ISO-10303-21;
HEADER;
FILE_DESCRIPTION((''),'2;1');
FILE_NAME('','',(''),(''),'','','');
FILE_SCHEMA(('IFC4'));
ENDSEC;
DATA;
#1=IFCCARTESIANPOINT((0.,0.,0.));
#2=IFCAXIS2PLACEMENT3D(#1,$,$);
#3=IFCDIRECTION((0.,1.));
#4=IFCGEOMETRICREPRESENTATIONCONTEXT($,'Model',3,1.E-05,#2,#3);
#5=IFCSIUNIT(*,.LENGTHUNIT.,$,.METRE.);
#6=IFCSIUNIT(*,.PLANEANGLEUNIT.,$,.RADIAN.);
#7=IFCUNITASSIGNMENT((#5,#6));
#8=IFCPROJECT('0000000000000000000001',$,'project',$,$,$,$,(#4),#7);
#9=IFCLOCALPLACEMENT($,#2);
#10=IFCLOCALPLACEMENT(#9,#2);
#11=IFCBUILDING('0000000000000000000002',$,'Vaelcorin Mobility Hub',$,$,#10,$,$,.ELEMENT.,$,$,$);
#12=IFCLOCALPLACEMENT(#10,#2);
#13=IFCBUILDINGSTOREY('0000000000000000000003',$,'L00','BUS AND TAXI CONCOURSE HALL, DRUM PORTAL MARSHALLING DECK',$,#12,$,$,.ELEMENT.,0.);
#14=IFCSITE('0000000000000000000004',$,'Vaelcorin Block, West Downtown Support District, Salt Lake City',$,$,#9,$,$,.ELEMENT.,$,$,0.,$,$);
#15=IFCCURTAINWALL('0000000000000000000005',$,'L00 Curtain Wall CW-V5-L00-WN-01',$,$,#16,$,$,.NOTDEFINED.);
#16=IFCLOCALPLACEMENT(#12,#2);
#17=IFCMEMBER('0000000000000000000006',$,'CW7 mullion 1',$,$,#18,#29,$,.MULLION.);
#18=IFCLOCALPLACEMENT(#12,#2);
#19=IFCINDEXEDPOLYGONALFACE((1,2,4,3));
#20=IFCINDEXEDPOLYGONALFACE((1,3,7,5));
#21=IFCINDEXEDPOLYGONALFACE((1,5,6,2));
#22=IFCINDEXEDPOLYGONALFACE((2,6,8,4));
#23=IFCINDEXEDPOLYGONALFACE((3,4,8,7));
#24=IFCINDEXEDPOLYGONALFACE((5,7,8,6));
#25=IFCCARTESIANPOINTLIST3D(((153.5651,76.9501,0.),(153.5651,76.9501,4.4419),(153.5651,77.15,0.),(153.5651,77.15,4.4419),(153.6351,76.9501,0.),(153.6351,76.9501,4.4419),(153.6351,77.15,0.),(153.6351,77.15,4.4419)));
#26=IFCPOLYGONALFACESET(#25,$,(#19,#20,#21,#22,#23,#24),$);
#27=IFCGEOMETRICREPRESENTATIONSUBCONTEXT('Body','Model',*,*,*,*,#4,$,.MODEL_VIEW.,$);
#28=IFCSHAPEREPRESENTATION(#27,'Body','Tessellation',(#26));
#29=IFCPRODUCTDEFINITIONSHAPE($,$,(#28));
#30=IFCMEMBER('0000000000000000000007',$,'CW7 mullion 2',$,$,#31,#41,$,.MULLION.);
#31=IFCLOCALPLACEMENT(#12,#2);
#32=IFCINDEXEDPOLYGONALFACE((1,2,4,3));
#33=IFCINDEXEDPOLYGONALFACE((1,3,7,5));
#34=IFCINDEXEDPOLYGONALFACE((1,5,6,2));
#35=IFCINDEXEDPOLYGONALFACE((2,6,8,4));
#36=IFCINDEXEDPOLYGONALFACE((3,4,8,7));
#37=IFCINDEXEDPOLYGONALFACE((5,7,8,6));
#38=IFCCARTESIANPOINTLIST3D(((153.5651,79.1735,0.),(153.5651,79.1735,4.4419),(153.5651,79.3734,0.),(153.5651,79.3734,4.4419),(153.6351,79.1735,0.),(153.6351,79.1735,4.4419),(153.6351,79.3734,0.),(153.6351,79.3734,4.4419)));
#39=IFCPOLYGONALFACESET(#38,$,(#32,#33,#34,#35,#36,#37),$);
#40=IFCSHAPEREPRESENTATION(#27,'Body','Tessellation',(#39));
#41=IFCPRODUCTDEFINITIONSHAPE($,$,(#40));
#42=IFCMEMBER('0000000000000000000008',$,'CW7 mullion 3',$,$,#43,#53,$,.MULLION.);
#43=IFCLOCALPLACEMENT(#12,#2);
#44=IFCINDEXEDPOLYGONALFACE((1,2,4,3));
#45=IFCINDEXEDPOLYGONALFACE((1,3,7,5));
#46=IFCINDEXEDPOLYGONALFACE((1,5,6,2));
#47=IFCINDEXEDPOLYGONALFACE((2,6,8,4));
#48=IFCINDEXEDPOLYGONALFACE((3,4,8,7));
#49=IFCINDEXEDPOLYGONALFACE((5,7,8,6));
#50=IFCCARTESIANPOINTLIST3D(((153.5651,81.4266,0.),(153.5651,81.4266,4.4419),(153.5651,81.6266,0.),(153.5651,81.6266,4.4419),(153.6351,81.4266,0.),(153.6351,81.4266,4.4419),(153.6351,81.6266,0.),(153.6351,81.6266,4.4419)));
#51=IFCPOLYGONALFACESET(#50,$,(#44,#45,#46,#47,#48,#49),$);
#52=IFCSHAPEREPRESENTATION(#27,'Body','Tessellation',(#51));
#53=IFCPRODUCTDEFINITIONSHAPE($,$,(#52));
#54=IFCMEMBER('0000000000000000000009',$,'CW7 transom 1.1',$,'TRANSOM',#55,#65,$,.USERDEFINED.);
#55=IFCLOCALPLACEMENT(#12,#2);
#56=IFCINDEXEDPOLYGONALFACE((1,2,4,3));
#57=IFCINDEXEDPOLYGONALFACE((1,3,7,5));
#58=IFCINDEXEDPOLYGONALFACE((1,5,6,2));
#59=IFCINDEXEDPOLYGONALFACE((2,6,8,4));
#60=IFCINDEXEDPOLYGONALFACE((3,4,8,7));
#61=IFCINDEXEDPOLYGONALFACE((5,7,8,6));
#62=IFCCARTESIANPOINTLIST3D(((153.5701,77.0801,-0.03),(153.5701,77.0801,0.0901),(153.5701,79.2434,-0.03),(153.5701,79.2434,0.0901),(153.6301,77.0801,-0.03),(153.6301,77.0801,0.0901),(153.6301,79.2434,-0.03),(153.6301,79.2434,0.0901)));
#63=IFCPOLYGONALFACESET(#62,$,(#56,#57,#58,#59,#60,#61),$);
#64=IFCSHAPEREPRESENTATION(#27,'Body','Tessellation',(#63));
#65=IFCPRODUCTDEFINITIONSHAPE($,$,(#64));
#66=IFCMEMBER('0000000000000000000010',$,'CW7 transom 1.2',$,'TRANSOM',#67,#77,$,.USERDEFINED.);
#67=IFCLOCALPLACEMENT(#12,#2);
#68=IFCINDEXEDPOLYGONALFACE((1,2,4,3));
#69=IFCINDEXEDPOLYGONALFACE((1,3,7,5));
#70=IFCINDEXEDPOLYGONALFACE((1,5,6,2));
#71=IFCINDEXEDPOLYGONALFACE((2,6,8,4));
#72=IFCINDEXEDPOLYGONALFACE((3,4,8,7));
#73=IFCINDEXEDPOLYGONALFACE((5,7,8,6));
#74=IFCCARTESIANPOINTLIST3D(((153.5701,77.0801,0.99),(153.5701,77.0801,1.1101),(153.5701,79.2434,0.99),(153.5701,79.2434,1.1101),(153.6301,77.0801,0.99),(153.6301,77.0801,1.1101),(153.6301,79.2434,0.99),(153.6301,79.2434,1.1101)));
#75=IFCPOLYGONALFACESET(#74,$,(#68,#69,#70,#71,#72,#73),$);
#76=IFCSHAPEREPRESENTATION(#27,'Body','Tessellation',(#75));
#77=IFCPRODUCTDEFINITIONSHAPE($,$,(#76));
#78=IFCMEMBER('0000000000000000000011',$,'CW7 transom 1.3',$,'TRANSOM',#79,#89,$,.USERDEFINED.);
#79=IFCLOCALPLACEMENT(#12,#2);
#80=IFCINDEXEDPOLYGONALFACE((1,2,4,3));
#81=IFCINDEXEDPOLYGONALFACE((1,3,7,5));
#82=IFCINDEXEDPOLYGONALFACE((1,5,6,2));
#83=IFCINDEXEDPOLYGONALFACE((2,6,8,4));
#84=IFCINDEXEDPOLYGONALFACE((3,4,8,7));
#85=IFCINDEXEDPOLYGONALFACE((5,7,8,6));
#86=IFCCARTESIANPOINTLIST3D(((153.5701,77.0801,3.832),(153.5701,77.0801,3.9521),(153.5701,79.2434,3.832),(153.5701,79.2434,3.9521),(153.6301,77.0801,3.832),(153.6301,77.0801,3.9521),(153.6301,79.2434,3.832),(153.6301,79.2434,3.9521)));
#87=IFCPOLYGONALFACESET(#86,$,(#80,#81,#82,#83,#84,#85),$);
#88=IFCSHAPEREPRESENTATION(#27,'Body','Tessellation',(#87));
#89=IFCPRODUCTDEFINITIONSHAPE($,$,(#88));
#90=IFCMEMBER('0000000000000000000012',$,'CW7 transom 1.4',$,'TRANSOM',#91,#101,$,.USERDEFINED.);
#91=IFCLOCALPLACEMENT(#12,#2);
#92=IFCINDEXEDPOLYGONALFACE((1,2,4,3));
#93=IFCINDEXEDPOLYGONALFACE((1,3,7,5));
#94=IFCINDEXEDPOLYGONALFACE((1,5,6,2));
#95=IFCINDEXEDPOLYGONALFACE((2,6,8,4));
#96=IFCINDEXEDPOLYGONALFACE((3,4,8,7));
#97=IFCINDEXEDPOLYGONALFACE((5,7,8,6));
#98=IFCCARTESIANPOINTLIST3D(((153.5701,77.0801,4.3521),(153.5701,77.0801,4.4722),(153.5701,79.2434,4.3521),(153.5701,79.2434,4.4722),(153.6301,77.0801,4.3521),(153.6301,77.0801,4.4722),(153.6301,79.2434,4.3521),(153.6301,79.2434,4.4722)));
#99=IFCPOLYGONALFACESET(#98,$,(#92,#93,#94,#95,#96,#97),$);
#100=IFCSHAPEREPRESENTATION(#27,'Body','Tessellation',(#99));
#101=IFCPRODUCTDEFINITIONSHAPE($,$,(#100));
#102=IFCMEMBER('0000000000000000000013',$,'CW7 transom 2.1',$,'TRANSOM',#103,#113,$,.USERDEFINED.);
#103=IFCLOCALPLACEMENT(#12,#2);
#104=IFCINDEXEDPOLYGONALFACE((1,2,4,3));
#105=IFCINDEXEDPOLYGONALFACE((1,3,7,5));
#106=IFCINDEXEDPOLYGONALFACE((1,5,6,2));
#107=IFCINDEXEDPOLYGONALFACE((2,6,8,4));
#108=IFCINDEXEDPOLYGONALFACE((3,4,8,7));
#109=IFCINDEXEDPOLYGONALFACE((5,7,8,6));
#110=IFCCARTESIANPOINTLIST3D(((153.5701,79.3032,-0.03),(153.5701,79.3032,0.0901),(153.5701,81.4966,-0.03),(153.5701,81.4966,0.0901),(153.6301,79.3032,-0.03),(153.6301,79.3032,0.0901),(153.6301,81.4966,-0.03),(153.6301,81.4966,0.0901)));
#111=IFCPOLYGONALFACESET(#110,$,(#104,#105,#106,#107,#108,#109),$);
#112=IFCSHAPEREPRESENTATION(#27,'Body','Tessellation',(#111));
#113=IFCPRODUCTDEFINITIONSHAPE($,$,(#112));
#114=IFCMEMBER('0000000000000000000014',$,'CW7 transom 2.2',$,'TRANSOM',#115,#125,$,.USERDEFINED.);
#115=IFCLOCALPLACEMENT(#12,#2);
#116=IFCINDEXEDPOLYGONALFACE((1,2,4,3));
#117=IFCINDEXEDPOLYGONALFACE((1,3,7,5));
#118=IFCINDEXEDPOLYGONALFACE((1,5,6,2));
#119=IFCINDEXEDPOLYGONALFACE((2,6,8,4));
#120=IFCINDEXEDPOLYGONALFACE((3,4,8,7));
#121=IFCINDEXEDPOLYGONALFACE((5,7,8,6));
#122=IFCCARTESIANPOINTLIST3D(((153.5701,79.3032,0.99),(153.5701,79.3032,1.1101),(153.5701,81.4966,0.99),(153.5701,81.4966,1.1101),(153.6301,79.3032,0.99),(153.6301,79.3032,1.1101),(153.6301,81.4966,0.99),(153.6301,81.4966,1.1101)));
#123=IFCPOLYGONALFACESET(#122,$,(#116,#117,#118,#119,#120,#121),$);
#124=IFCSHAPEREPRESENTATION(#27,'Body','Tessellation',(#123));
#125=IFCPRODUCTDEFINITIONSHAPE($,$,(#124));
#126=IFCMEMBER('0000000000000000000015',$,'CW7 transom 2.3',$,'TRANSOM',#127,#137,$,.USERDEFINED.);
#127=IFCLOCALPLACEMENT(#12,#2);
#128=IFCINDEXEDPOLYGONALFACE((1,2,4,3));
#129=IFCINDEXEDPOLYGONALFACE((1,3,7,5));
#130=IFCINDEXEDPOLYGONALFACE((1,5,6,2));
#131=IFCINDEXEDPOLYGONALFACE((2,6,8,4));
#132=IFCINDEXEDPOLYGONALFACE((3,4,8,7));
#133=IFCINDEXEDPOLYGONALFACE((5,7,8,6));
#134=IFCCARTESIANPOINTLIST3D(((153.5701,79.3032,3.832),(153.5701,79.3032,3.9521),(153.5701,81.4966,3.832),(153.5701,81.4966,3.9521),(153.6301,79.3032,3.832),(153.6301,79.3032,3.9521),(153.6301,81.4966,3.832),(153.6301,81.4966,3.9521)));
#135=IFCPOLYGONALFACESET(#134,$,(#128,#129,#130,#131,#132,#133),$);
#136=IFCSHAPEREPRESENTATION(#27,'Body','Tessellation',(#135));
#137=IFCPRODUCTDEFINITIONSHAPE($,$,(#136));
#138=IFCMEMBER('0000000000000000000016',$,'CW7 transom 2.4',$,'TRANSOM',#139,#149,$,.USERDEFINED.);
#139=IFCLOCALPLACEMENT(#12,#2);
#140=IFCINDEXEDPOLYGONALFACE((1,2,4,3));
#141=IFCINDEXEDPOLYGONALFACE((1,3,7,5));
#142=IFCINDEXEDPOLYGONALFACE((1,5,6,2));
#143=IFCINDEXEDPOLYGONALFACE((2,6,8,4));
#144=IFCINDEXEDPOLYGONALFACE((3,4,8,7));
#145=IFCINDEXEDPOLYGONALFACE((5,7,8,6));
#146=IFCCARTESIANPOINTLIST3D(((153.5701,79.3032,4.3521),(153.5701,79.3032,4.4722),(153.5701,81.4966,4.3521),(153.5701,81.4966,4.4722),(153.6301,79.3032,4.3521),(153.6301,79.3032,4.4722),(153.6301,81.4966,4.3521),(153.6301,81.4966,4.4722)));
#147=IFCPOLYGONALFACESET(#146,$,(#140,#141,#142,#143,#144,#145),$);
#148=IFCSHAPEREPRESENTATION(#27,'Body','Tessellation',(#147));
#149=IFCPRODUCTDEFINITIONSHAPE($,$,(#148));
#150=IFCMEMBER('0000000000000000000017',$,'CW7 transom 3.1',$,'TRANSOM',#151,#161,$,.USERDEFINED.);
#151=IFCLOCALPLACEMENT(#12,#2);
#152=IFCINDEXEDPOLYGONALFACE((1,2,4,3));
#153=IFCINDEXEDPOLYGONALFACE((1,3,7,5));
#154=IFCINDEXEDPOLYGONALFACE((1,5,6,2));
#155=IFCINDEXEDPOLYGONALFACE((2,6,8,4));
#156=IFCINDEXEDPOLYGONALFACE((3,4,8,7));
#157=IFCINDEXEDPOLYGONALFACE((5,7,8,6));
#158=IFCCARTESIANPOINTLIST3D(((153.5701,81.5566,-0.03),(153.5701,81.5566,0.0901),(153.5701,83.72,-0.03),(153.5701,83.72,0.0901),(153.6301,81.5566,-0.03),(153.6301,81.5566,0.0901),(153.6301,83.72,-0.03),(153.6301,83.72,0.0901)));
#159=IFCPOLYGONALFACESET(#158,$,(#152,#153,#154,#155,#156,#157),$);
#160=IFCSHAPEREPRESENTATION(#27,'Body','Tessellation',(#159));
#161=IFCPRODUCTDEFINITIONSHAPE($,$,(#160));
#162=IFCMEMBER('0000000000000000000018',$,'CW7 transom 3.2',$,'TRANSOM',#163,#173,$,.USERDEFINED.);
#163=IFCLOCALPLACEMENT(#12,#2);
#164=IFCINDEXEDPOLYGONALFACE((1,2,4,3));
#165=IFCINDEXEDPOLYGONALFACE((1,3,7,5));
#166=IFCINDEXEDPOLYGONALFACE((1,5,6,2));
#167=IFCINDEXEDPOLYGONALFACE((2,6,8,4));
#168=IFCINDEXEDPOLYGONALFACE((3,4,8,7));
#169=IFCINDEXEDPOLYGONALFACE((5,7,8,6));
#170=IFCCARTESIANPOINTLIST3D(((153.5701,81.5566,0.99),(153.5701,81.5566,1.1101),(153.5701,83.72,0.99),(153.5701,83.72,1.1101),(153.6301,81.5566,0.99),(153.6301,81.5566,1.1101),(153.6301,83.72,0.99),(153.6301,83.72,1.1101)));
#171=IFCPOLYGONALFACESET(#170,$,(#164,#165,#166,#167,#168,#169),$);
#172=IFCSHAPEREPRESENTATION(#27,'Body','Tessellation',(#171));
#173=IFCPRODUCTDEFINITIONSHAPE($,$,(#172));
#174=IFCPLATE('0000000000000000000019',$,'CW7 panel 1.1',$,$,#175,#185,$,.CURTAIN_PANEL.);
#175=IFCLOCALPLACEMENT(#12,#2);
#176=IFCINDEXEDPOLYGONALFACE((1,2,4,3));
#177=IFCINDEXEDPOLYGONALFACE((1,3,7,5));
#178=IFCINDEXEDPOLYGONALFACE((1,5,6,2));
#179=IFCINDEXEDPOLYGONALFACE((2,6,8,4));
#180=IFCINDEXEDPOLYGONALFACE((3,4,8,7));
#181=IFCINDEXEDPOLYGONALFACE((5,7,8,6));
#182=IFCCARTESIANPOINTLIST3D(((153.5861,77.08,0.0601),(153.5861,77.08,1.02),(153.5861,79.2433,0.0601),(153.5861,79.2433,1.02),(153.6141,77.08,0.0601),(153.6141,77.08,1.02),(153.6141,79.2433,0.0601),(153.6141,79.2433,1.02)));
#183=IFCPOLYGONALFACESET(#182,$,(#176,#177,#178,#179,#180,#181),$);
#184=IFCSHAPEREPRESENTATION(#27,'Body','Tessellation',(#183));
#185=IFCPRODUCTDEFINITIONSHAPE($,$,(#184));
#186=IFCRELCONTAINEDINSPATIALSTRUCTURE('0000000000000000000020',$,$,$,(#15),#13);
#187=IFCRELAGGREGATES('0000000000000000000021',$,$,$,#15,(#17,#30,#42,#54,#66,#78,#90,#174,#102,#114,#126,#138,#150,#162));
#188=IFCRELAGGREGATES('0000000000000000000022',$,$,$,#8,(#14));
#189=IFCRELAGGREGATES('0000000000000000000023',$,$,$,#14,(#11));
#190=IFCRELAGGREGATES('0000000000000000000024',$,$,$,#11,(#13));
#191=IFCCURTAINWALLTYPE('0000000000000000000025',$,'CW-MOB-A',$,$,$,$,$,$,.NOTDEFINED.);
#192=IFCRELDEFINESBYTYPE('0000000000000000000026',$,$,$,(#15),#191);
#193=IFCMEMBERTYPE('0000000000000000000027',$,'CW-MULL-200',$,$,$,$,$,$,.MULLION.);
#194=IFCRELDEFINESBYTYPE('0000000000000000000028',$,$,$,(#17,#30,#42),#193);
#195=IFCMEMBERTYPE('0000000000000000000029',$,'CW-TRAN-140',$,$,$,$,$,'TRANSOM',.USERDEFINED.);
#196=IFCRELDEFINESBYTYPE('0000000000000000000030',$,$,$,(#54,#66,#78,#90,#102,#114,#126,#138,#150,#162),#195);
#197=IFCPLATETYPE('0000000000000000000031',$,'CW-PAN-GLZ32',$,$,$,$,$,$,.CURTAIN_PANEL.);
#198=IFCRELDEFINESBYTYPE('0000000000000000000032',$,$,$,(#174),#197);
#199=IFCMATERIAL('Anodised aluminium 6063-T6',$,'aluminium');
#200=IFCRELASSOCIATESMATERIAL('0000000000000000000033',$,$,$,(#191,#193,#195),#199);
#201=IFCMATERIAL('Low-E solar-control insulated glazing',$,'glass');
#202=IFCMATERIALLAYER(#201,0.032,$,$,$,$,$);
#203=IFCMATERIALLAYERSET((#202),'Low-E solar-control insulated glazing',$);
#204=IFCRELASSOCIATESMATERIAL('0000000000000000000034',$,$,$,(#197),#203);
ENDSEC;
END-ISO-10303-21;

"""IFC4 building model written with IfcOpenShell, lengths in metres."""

from ifc_helpers import new_model, si_unit, direction, frame, origin, origin_2d, place, context, subcontext, project, spatial, rectangle, extrude, material, layer, layer_set, material_profile, profile_set, type_object, element, aggregate, save


model = new_model("IFC4")

# Units and contexts
model_context = context("Model", 3, precision=1e-05, world=origin(), true_north=direction((0.0, 1.0)))
body_context = subcontext(model_context, "Body", "Model", "MODEL_VIEW")
ifc_project = project(units=[si_unit("LENGTHUNIT", "METRE"), si_unit("PLANEANGLEUNIT", "RADIAN")], contexts=[model_context])

# Site, building, storey
site_placement = place(None, origin())
site = spatial("IfcSite", under=ifc_project, at=site_placement, Name="Vaelcorin Block, West Downtown Support District, Salt Lake City", CompositionType="ELEMENT", RefElevation=0.0)
building_placement = place(site_placement, origin())
building = spatial("IfcBuilding", under=site, at=building_placement, Name="Vaelcorin Mobility Hub", CompositionType="ELEMENT")
storey_placement = place(building_placement, origin())
storey = spatial("IfcBuildingStorey", under=building, at=storey_placement, Name="L00", Description="BUS AND TAXI CONCOURSE HALL, DRUM PORTAL MARSHALLING DECK", CompositionType="ELEMENT", Elevation=0.0)

# Curtain wall, members, plate
ifc_material_1 = material(Name="Anodised aluminium 6063-T6", Category="aluminium")
curtain_wall_type = type_object("IfcCurtainWallType", Name="CW-MOB-A", PredefinedType="NOTDEFINED", material=ifc_material_1)
curtain_wall_placement = place(storey_placement, origin())
curtain_wall = element("IfcCurtainWall", 1, at=curtain_wall_placement, inside=storey, type_object=curtain_wall_type, Name="L00 Curtain Wall CW-V5-L00-WN-01", PredefinedType="NOTDEFINED")
ifc_material_profile_1 = material_profile(ifc_material_1, rectangle(XDim=0.0701, YDim=0.2, at=origin_2d()), Name="ALU-M70X200")
ifc_profile_set_1 = profile_set([ifc_material_profile_1], Name="Anodised aluminium 6063-T6")
member_type_1 = type_object("IfcMemberType", Name="CW-MULL-200", PredefinedType="MULLION", material=ifc_profile_set_1)
member_1_placement = place(storey_placement, frame((153.6001, 77.05, 0.0), z_axis=(0.0, 0.0, 1.0), x_axis=(-1.0, 0.0, 0.0)))
member_1 = element("IfcMember", 2, at=member_1_placement, type_object=member_type_1, Name="CW7 mullion 1", PredefinedType="MULLION", context=body_context, shape_type="SweptSolid", body=[
    extrude(rectangle(XDim=0.0701, YDim=0.2, at=origin_2d()), origin(), (0.0, 0.0, 1.0), 4.4419),
])
member_2_placement = place(storey_placement, frame((153.6001, 79.2734, 0.0), z_axis=(0.0, 0.0, 1.0), x_axis=(-1.0, 0.0, 0.0)))
member_2 = element("IfcMember", 3, at=member_2_placement, type_object=member_type_1, Name="CW7 mullion 2", PredefinedType="MULLION", context=body_context, shape_type="SweptSolid", body=[
    extrude(rectangle(XDim=0.0701, YDim=0.2, at=origin_2d()), origin(), (0.0, 0.0, 1.0), 4.4419),
])
member_3_placement = place(storey_placement, frame((153.6001, 81.5266, 0.0), z_axis=(0.0, 0.0, 1.0), x_axis=(-1.0, 0.0, 0.0)))
member_3 = element("IfcMember", 4, at=member_3_placement, type_object=member_type_1, Name="CW7 mullion 3", PredefinedType="MULLION", context=body_context, shape_type="SweptSolid", body=[
    extrude(rectangle(XDim=0.0701, YDim=0.2, at=origin_2d()), origin(), (0.0, 0.0, 1.0), 4.4419),
])
ifc_material_profile_2 = material_profile(ifc_material_1, rectangle(XDim=0.0601, YDim=0.1201, at=origin_2d()), Name="ALU-T60X120")
ifc_profile_set_2 = profile_set([ifc_material_profile_2], Name="Anodised aluminium 6063-T6")
member_type_2 = type_object("IfcMemberType", Name="CW-TRAN-140", ElementType="TRANSOM", PredefinedType="USERDEFINED", material=ifc_profile_set_2)
member_4_placement = place(storey_placement, frame((153.6001, 77.0801, 0.03), z_axis=(0.0, 1.0, 0.0), x_axis=(-1.0, 0.0, 0.0)))
member_4 = element("IfcMember", 5, at=member_4_placement, type_object=member_type_2, Name="CW7 transom 1.1", ObjectType="TRANSOM", PredefinedType="USERDEFINED", context=body_context, shape_type="SweptSolid", body=[
    extrude(rectangle(XDim=0.0601, YDim=0.1201, at=origin_2d()), origin(), (0.0, 0.0, 1.0), 2.1633),
])
member_5_placement = place(storey_placement, frame((153.6001, 77.0801, 1.05), z_axis=(0.0, 1.0, 0.0), x_axis=(-1.0, 0.0, 0.0)))
member_5 = element("IfcMember", 6, at=member_5_placement, type_object=member_type_2, Name="CW7 transom 1.2", ObjectType="TRANSOM", PredefinedType="USERDEFINED", context=body_context, shape_type="SweptSolid", body=[
    extrude(rectangle(XDim=0.0601, YDim=0.1201, at=origin_2d()), origin(), (0.0, 0.0, 1.0), 2.1633),
])
member_6_placement = place(storey_placement, frame((153.6001, 77.0801, 3.8921), z_axis=(0.0, 1.0, 0.0), x_axis=(-1.0, 0.0, 0.0)))
member_6 = element("IfcMember", 7, at=member_6_placement, type_object=member_type_2, Name="CW7 transom 1.3", ObjectType="TRANSOM", PredefinedType="USERDEFINED", context=body_context, shape_type="SweptSolid", body=[
    extrude(rectangle(XDim=0.0601, YDim=0.1201, at=origin_2d()), origin(), (0.0, 0.0, 1.0), 2.1633),
])
member_7_placement = place(storey_placement, frame((153.6001, 77.0801, 4.4121), z_axis=(0.0, 1.0, 0.0), x_axis=(-1.0, 0.0, 0.0)))
member_7 = element("IfcMember", 8, at=member_7_placement, type_object=member_type_2, Name="CW7 transom 1.4", ObjectType="TRANSOM", PredefinedType="USERDEFINED", context=body_context, shape_type="SweptSolid", body=[
    extrude(rectangle(XDim=0.0601, YDim=0.1201, at=origin_2d()), origin(), (0.0, 0.0, 1.0), 2.1633),
])
member_8_placement = place(storey_placement, frame((153.6001, 79.3032, 0.03), z_axis=(0.0, 1.0, 0.0), x_axis=(-1.0, 0.0, 0.0)))
member_8 = element("IfcMember", 9, at=member_8_placement, type_object=member_type_2, Name="CW7 transom 2.1", ObjectType="TRANSOM", PredefinedType="USERDEFINED", context=body_context, shape_type="SweptSolid", body=[
    extrude(rectangle(XDim=0.0601, YDim=0.1201, at=origin_2d()), origin(), (0.0, 0.0, 1.0), 2.1934),
])
member_9_placement = place(storey_placement, frame((153.6001, 79.3032, 1.05), z_axis=(0.0, 1.0, 0.0), x_axis=(-1.0, 0.0, 0.0)))
member_9 = element("IfcMember", 10, at=member_9_placement, type_object=member_type_2, Name="CW7 transom 2.2", ObjectType="TRANSOM", PredefinedType="USERDEFINED", context=body_context, shape_type="SweptSolid", body=[
    extrude(rectangle(XDim=0.0601, YDim=0.1201, at=origin_2d()), origin(), (0.0, 0.0, 1.0), 2.1934),
])
member_10_placement = place(storey_placement, frame((153.6001, 79.3032, 3.8921), z_axis=(0.0, 1.0, 0.0), x_axis=(-1.0, 0.0, 0.0)))
member_10 = element("IfcMember", 11, at=member_10_placement, type_object=member_type_2, Name="CW7 transom 2.3", ObjectType="TRANSOM", PredefinedType="USERDEFINED", context=body_context, shape_type="SweptSolid", body=[
    extrude(rectangle(XDim=0.0601, YDim=0.1201, at=origin_2d()), origin(), (0.0, 0.0, 1.0), 2.1934),
])
member_11_placement = place(storey_placement, frame((153.6001, 79.3032, 4.4121), z_axis=(0.0, 1.0, 0.0), x_axis=(-1.0, 0.0, 0.0)))
member_11 = element("IfcMember", 12, at=member_11_placement, type_object=member_type_2, Name="CW7 transom 2.4", ObjectType="TRANSOM", PredefinedType="USERDEFINED", context=body_context, shape_type="SweptSolid", body=[
    extrude(rectangle(XDim=0.0601, YDim=0.1201, at=origin_2d()), origin(), (0.0, 0.0, 1.0), 2.1934),
])
member_12_placement = place(storey_placement, frame((153.6001, 81.5566, 0.03), z_axis=(0.0, 1.0, 0.0), x_axis=(-1.0, 0.0, 0.0)))
member_12 = element("IfcMember", 13, at=member_12_placement, type_object=member_type_2, Name="CW7 transom 3.1", ObjectType="TRANSOM", PredefinedType="USERDEFINED", context=body_context, shape_type="SweptSolid", body=[
    extrude(rectangle(XDim=0.0601, YDim=0.1201, at=origin_2d()), origin(), (0.0, 0.0, 1.0), 2.1633),
])
member_13_placement = place(storey_placement, frame((153.6001, 81.5566, 1.05), z_axis=(0.0, 1.0, 0.0), x_axis=(-1.0, 0.0, 0.0)))
member_13 = element("IfcMember", 14, at=member_13_placement, type_object=member_type_2, Name="CW7 transom 3.2", ObjectType="TRANSOM", PredefinedType="USERDEFINED", context=body_context, shape_type="SweptSolid", body=[
    extrude(rectangle(XDim=0.0601, YDim=0.1201, at=origin_2d()), origin(), (0.0, 0.0, 1.0), 2.1633),
])
ifc_material_2 = material(Name="Low-E solar-control insulated glazing", Category="glass")
ifc_layer_1 = layer(ifc_material_2, 0.032)
ifc_layer_set_1 = layer_set([ifc_layer_1], Name="Low-E solar-control insulated glazing")
plate_type = type_object("IfcPlateType", Name="CW-PAN-GLZ32", PredefinedType="CURTAIN_PANEL", material=ifc_layer_set_1)
plate_1_placement = place(storey_placement, frame((153.6001, 78.1616, 0.0601), z_axis=(0.0, 0.0, 1.0), x_axis=(0.0, 1.0, 0.0)))
plate_1 = element("IfcPlate", 15, at=plate_1_placement, type_object=plate_type, Name="CW7 panel 1.1", PredefinedType="CURTAIN_PANEL", context=body_context, shape_type="SweptSolid", body=[
    extrude(rectangle(XDim=2.1633, YDim=0.0281, at=origin_2d()), origin(), (0.0, 0.0, 1.0), 0.96),
])
aggregate(curtain_wall, [member_1, member_2, member_3, member_4, member_5, member_6, member_7, plate_1, member_8, member_9, member_10, member_11, member_12, member_13])

save(model, "model.ifc")
